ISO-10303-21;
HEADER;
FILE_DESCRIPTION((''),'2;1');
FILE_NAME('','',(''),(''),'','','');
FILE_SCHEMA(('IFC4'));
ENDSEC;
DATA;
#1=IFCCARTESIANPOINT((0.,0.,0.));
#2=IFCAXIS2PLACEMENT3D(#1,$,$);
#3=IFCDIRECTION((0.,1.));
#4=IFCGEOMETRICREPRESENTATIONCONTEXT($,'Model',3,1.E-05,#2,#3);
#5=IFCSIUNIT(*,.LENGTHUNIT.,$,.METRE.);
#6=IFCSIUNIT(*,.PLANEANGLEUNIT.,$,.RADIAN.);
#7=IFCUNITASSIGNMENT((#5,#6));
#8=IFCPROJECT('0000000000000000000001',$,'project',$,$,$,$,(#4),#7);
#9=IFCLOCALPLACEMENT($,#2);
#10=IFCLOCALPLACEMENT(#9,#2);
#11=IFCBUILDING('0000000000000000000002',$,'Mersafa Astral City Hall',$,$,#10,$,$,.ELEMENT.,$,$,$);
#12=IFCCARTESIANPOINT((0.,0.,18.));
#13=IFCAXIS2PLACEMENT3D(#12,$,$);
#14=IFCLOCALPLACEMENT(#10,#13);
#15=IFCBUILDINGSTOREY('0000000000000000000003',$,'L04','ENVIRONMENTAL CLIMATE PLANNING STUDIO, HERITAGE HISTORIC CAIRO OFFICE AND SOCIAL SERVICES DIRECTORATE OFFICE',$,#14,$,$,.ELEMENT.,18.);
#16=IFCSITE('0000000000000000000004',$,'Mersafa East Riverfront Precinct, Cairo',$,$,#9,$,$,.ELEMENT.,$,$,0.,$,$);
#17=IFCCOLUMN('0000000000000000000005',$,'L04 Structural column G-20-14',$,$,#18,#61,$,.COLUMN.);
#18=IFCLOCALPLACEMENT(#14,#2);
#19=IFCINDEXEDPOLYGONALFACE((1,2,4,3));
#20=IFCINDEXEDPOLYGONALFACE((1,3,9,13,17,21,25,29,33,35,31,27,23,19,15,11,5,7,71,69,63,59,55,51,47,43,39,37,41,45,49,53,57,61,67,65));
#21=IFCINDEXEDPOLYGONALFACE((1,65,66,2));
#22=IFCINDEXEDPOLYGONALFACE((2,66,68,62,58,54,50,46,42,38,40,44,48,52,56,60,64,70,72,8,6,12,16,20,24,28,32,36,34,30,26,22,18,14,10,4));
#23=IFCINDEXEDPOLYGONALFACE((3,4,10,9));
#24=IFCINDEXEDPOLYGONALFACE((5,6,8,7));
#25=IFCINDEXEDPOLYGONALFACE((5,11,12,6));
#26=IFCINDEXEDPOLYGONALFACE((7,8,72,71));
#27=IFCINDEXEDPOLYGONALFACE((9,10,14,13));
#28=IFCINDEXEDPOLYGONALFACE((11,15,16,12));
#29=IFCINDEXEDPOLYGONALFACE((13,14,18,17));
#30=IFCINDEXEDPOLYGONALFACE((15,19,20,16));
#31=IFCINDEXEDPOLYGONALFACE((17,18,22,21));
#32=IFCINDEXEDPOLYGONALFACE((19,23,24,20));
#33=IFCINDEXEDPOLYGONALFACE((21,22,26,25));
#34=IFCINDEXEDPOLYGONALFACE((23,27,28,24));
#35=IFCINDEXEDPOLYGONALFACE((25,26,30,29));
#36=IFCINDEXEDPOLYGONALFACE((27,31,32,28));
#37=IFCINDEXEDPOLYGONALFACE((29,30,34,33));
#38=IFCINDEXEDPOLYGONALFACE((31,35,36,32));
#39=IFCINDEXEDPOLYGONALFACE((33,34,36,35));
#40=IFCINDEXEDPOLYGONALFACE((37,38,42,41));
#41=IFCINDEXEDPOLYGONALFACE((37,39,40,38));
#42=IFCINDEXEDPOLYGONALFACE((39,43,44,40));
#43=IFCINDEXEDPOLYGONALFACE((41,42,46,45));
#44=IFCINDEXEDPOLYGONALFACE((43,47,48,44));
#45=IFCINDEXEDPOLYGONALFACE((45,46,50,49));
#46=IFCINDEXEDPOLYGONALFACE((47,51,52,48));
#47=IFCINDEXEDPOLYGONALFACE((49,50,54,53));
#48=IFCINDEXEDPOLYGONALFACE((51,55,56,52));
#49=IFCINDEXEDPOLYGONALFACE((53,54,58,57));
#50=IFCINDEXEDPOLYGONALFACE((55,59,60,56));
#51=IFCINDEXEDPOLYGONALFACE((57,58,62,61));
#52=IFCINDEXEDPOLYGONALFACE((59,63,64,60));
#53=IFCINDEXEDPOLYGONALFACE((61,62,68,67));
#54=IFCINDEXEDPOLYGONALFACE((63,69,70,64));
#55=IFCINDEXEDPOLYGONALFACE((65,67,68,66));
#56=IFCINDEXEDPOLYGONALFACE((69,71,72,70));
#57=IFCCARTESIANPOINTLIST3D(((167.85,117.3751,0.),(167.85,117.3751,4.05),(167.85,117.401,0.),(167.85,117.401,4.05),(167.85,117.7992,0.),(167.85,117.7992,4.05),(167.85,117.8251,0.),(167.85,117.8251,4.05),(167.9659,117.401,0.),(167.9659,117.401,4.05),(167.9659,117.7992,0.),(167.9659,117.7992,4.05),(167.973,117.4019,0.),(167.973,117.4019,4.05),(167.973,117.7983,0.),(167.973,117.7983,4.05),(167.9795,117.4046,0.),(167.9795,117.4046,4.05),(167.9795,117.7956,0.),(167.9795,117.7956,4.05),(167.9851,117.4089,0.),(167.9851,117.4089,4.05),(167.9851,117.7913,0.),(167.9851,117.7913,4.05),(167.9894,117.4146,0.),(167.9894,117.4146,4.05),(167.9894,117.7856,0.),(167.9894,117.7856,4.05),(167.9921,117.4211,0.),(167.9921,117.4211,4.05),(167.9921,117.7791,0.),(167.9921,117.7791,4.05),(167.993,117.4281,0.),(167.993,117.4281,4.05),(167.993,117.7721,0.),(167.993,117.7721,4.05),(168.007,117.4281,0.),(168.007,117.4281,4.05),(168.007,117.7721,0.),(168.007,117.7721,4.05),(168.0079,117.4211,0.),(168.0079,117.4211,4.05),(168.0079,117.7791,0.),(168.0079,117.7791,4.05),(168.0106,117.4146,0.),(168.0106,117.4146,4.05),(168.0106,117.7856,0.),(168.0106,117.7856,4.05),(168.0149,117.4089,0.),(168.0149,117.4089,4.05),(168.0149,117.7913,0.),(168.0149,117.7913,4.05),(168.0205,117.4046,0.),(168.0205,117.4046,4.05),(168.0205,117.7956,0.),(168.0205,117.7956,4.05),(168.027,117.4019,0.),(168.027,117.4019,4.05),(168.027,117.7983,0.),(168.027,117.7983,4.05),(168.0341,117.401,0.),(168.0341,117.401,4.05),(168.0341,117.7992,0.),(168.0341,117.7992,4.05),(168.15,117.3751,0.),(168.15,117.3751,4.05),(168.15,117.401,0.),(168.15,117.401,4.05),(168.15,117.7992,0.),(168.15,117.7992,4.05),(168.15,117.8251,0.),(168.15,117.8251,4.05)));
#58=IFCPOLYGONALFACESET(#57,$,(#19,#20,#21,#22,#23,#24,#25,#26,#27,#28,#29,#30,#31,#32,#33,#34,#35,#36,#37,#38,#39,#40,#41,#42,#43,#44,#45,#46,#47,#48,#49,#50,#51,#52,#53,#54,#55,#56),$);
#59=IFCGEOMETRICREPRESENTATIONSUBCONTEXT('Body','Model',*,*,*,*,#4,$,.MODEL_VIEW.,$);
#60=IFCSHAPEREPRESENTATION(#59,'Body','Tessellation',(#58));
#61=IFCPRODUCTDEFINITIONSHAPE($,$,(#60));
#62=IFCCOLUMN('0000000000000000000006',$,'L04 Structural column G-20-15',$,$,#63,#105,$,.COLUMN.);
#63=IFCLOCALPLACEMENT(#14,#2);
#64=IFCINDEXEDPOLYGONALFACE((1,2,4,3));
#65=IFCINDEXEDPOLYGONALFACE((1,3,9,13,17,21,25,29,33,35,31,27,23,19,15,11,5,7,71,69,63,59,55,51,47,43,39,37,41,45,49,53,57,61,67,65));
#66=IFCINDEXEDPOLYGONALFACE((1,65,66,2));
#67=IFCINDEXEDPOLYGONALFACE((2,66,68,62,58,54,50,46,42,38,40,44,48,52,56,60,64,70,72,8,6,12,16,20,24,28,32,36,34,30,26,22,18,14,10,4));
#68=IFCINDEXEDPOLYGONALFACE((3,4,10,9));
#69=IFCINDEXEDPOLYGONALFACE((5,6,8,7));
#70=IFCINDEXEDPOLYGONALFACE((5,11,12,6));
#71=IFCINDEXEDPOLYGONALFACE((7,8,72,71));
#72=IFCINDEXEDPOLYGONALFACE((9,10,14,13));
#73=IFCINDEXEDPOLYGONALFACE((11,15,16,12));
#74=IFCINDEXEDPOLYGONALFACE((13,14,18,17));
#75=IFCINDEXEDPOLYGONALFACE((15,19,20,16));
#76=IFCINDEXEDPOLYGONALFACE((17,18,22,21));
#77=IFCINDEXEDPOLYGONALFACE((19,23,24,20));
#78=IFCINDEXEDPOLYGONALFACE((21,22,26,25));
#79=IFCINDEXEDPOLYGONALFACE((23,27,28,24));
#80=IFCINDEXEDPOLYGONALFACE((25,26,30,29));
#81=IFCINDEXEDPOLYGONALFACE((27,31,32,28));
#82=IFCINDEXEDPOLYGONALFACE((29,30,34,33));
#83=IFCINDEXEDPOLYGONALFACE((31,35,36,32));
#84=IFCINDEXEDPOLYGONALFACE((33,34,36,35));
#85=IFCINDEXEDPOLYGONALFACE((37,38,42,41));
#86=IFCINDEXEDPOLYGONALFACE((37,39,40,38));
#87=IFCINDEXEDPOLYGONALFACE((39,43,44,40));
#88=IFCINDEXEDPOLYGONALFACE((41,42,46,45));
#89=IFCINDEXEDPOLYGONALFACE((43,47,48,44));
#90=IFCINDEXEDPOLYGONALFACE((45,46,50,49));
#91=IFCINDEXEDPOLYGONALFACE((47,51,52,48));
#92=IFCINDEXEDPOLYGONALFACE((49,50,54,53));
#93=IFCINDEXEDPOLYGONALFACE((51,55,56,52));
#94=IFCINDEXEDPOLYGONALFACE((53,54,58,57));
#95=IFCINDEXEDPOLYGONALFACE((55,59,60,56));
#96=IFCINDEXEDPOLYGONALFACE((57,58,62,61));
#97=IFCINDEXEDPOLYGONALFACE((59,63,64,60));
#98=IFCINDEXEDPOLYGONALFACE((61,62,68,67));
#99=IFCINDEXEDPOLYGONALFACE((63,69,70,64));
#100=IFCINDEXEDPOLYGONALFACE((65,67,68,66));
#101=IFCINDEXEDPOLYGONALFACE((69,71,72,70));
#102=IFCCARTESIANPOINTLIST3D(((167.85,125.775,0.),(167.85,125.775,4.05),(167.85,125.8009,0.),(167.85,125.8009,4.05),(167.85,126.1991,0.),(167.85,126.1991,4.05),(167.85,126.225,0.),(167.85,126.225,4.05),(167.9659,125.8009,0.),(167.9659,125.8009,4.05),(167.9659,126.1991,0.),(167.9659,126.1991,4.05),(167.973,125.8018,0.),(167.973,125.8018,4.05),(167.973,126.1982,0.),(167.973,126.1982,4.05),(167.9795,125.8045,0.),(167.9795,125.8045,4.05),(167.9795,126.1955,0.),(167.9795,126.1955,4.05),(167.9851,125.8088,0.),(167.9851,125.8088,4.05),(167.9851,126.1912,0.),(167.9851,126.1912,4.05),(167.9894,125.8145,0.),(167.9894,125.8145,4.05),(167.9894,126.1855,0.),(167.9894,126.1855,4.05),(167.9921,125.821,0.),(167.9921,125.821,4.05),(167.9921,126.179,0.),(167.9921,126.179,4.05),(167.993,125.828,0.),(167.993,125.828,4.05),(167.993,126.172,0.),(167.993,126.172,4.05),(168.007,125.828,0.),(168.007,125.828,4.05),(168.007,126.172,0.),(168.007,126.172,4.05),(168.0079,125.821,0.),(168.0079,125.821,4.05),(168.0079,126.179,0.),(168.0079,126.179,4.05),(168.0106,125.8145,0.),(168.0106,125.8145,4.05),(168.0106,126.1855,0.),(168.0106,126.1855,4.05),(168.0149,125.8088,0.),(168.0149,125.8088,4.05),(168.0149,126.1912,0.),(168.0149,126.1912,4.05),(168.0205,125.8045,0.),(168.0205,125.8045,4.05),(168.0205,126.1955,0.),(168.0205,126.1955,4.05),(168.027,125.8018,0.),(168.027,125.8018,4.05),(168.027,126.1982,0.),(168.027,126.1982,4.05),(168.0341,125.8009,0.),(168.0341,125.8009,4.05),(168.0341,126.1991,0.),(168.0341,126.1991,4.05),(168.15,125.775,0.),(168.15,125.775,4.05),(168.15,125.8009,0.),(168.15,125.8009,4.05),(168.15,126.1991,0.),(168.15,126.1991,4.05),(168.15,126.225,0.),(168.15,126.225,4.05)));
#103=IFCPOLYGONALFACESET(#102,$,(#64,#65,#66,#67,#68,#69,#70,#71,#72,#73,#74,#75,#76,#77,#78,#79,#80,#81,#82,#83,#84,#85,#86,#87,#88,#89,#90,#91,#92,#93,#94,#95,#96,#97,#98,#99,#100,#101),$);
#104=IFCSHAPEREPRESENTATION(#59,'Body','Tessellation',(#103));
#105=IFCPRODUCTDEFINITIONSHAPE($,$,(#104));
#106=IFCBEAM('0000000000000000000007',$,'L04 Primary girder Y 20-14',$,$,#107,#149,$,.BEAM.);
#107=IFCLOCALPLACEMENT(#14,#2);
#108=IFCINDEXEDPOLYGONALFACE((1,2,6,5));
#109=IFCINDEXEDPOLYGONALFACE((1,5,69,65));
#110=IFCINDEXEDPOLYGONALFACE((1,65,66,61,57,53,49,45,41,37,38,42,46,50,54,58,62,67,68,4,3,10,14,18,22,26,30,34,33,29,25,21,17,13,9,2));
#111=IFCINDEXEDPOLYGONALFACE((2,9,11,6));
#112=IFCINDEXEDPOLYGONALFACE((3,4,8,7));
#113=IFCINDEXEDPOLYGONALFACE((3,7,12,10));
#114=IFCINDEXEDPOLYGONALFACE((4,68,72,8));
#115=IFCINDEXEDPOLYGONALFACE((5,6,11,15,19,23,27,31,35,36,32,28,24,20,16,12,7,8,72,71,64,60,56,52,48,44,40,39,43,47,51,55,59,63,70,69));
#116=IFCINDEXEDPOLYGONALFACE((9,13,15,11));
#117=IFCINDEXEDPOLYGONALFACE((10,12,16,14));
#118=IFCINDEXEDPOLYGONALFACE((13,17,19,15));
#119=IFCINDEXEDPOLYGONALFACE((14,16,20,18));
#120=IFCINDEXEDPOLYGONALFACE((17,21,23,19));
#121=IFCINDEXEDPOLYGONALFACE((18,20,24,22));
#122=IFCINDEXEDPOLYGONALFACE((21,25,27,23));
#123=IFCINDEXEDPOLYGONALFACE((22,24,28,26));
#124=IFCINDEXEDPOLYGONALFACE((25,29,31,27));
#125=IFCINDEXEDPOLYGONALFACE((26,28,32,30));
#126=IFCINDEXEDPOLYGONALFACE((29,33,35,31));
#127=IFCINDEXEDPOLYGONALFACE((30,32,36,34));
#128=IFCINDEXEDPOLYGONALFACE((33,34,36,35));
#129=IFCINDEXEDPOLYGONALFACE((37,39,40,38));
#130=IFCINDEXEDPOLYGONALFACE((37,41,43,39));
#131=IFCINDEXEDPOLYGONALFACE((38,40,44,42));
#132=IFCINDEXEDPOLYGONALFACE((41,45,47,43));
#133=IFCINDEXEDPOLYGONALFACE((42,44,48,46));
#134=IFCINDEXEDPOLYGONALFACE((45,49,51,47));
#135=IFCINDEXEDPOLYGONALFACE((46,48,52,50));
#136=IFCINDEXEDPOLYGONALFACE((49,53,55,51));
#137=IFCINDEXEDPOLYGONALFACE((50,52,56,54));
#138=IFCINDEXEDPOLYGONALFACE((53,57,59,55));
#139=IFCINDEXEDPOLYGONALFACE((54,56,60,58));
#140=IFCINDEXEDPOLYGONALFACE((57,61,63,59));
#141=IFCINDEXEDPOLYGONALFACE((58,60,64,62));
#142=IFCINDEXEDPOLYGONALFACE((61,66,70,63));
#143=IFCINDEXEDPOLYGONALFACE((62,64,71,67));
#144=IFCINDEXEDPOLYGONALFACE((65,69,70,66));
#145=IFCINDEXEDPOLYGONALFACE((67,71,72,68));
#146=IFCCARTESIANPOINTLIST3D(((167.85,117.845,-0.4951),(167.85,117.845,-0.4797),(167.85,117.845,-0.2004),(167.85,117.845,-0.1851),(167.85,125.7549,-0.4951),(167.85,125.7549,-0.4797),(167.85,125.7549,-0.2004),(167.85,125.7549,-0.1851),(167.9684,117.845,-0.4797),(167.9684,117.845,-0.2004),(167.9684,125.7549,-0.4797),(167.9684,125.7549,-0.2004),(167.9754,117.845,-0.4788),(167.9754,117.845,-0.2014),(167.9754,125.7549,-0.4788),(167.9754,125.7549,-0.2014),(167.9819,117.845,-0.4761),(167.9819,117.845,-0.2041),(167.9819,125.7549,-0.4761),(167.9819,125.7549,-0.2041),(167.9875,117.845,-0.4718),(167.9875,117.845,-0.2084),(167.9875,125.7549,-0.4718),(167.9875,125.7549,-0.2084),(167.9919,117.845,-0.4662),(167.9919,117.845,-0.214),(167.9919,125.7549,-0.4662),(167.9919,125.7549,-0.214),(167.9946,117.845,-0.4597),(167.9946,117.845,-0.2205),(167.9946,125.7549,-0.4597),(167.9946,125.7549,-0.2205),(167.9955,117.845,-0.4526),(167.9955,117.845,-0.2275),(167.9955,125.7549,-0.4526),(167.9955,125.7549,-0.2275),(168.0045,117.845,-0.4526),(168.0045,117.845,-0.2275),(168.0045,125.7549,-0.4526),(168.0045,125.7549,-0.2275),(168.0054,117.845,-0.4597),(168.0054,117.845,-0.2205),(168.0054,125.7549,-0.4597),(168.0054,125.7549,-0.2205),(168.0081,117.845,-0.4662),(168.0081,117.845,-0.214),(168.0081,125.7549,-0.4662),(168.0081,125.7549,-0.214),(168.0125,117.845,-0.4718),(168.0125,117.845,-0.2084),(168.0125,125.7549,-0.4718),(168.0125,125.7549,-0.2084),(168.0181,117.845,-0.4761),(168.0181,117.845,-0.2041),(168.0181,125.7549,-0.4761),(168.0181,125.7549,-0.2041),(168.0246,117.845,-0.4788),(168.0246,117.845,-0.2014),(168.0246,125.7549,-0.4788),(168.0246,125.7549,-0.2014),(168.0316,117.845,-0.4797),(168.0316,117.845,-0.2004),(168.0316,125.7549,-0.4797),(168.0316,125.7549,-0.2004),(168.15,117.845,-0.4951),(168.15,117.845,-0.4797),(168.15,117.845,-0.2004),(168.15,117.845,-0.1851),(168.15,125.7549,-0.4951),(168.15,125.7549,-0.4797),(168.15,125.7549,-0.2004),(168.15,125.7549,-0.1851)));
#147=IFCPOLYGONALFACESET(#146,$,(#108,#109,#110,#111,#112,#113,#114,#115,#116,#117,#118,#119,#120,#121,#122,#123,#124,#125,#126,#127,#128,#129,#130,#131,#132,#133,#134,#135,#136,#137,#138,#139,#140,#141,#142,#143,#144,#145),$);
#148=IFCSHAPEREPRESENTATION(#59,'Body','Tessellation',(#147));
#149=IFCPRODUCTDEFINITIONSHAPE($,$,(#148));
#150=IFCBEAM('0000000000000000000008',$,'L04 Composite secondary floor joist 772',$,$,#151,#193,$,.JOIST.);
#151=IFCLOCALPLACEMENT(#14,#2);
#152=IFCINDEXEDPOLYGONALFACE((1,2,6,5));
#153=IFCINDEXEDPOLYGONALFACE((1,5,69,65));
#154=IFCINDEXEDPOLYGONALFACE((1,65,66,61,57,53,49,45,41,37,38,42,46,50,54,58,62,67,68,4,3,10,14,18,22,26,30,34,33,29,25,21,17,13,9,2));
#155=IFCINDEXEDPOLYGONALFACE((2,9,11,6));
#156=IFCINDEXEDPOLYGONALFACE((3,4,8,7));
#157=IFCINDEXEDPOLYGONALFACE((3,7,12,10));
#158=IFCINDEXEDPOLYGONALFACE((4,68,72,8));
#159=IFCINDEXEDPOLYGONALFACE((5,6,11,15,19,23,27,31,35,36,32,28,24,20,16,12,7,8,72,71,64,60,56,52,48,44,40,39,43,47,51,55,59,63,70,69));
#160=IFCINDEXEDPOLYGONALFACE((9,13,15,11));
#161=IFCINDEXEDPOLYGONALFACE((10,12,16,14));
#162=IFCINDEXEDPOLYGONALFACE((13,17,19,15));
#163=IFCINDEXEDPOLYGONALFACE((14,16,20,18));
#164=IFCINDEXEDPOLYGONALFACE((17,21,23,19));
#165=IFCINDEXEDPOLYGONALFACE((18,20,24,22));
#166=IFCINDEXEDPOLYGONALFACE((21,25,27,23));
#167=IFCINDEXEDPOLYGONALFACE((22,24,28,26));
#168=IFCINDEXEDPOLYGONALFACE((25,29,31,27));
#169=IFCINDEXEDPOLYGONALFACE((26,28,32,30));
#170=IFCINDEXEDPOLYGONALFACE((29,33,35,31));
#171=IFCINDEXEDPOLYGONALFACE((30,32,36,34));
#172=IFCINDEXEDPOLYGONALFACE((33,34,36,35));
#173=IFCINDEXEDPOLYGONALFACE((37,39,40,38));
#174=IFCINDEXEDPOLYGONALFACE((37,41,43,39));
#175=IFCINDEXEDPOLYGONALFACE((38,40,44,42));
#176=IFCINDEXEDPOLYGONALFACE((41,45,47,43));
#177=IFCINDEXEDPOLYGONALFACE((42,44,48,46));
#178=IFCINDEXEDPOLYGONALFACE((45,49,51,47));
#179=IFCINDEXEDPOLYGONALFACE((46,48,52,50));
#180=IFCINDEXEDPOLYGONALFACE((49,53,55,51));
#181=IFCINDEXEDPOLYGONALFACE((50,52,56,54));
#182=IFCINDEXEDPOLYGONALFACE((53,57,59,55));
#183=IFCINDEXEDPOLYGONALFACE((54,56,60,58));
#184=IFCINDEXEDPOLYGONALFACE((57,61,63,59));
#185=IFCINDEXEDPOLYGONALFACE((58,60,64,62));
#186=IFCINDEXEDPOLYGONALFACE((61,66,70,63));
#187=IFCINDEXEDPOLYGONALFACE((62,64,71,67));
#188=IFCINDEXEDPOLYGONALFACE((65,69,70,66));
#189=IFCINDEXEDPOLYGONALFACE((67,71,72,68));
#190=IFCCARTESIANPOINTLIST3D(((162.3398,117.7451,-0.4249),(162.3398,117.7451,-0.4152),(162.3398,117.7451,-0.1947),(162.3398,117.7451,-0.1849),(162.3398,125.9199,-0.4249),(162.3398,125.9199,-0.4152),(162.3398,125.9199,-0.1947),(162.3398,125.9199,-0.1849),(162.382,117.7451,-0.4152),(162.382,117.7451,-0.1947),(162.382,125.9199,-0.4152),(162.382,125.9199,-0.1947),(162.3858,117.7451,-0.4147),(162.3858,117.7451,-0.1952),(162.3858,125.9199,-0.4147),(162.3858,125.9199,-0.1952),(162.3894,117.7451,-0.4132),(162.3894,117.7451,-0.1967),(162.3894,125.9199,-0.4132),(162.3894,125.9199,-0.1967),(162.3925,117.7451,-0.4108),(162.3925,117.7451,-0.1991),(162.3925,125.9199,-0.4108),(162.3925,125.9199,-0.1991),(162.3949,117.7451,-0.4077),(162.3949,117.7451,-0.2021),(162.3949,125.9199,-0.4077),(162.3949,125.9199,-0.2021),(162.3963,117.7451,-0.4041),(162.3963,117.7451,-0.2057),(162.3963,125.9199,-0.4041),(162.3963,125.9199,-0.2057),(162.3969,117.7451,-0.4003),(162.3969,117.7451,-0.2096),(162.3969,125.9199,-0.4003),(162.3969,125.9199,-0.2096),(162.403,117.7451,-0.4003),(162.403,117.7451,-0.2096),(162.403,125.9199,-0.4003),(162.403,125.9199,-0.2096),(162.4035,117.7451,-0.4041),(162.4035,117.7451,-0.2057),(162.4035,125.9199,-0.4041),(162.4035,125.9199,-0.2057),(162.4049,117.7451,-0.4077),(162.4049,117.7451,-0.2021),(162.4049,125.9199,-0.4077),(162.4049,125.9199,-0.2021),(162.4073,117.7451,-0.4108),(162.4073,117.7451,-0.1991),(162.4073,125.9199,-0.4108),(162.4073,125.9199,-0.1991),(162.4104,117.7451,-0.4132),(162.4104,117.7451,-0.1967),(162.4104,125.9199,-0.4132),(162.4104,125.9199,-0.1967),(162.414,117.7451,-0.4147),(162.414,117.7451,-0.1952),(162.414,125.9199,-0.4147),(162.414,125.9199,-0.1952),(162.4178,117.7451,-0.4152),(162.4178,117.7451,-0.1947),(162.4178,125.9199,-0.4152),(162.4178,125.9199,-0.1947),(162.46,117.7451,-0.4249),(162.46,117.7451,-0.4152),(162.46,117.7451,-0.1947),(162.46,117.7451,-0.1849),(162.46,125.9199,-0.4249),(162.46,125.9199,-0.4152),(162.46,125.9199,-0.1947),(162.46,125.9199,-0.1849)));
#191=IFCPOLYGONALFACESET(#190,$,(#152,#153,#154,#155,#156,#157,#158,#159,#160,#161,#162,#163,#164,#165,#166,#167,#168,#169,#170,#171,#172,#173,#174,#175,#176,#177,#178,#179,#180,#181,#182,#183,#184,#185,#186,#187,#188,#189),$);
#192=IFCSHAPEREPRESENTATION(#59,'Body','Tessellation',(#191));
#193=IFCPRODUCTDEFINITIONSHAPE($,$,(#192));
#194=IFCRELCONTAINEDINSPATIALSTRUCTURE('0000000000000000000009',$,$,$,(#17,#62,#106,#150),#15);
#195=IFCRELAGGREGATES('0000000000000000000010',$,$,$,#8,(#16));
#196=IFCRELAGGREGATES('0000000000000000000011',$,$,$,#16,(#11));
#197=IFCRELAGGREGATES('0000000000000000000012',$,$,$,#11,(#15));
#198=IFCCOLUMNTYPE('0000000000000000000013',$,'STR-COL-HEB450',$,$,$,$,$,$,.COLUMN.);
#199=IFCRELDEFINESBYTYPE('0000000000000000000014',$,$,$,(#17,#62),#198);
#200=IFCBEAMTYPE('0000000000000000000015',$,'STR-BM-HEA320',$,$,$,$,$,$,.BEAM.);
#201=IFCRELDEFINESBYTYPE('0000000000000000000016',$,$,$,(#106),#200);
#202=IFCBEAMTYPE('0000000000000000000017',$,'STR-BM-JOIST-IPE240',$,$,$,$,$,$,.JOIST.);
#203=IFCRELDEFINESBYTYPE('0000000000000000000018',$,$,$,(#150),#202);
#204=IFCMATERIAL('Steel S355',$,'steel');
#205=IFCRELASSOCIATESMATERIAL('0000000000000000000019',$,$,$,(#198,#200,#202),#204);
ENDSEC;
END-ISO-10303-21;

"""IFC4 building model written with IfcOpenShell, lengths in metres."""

from ifc_helpers import new_model, si_unit, direction, frame, origin, origin_2d, place, context, subcontext, project, spatial, i_section, extrude, material, material_profile, profile_set, type_object, element, save


model = new_model("IFC4")

# Units and contexts
model_context = context("Model", 3, precision=1e-05, world=origin(), true_north=direction((0.0, 1.0)))
body_context = subcontext(model_context, "Body", "Model", "MODEL_VIEW")
ifc_project = project(units=[si_unit("LENGTHUNIT", "METRE"), si_unit("PLANEANGLEUNIT", "RADIAN")], contexts=[model_context])

# Site, building, storey
site_placement = place(None, origin())
site = spatial("IfcSite", under=ifc_project, at=site_placement, Name="Mersafa East Riverfront Precinct, Cairo", CompositionType="ELEMENT", RefElevation=0.0)
building_placement = place(site_placement, origin())
building = spatial("IfcBuilding", under=site, at=building_placement, Name="Mersafa Astral City Hall", CompositionType="ELEMENT")
storey_placement = place(building_placement, frame((0.0, 0.0, 18.0)))
storey = spatial("IfcBuildingStorey", under=building, at=storey_placement, Name="L04", Description="ENVIRONMENTAL CLIMATE PLANNING STUDIO, HERITAGE HISTORIC CAIRO OFFICE AND SOCIAL SERVICES DIRECTORATE OFFICE", CompositionType="ELEMENT", Elevation=18.0)

# Columns
ifc_material_1 = material(Name="Steel S355", Category="steel")
ifc_material_profile_1 = material_profile(ifc_material_1, i_section(OverallWidth=0.3, OverallDepth=0.45, WebThickness=0.0139, FlangeThickness=0.0259, FilletRadius=0.0271, at=origin_2d()), Name="HEB 450")
ifc_profile_set_1 = profile_set([ifc_material_profile_1], Name="Steel S355")
column_type = type_object("IfcColumnType", Name="STR-COL-HEB450", PredefinedType="COLUMN", material=ifc_profile_set_1)
for number, where, z_axis, x_axis, name in (
    (1, (168.0, 117.6001, 0.0), (0.0, 0.0, 1.0), (1.0, 0.0, 0.0), "L04 Structural column G-20-14"),
    (2, (168.0, 126.0, 0.0), (0.0, 0.0, 1.0), (1.0, 0.0, 0.0), "L04 Structural column G-20-15"),
):
    element("IfcColumn", number, at=place(storey_placement, frame(where, z_axis=z_axis, x_axis=x_axis)), inside=storey, type_object=column_type, Name=name, PredefinedType="COLUMN", context=body_context, shape_type="SweptSolid", body=[
        extrude(i_section(OverallWidth=0.3, OverallDepth=0.45, WebThickness=0.0139, FlangeThickness=0.0259, FilletRadius=0.0271, at=origin_2d()), origin(), (0.0, 0.0, 1.0), 4.05),
    ])

# Beams
ifc_material_profile_2 = material_profile(ifc_material_1, i_section(OverallWidth=0.3, OverallDepth=0.3101, WebThickness=0.009, FlangeThickness=0.0154, FilletRadius=0.0271, at=origin_2d()), Name="HEA 320")
ifc_profile_set_2 = profile_set([ifc_material_profile_2], Name="Steel S355")
beam_type_1 = type_object("IfcBeamType", Name="STR-BM-HEA320", PredefinedType="BEAM", material=ifc_profile_set_2)
beam_1_placement = place(storey_placement, frame((168.0, 117.845, -0.3401), z_axis=(0.0, 1.0, 0.0), x_axis=(-1.0, 0.0, 0.0)))
element("IfcBeam", 3, at=beam_1_placement, inside=storey, type_object=beam_type_1, Name="L04 Primary girder Y 20-14", PredefinedType="BEAM", context=body_context, shape_type="SweptSolid", body=[
    extrude(i_section(OverallWidth=0.3, OverallDepth=0.3101, WebThickness=0.009, FlangeThickness=0.0154, FilletRadius=0.0271, at=origin_2d()), origin(), (0.0, 0.0, 1.0), 7.9099),
])
ifc_material_profile_3 = material_profile(ifc_material_1, i_section(OverallWidth=0.1201, OverallDepth=0.24, WebThickness=0.0061, FlangeThickness=0.0098, FilletRadius=0.0149, at=origin_2d()), Name="IPE 240")
ifc_profile_set_3 = profile_set([ifc_material_profile_3], Name="Steel S355")
beam_type_2 = type_object("IfcBeamType", Name="STR-BM-JOIST-IPE240", PredefinedType="JOIST", material=ifc_profile_set_3)
for number, where, z_axis, x_axis, name in (
    (4, (162.3999, 117.7451, -0.3049), (0.0, 1.0, 0.0), (-1.0, 0.0, 0.0), "L04 Composite secondary floor joist 772"),
):
    element("IfcBeam", number, at=place(storey_placement, frame(where, z_axis=z_axis, x_axis=x_axis)), inside=storey, type_object=beam_type_2, Name=name, PredefinedType="JOIST", context=body_context, shape_type="SweptSolid", body=[
        extrude(i_section(OverallWidth=0.1201, OverallDepth=0.24, WebThickness=0.0061, FlangeThickness=0.0098, FilletRadius=0.0149, at=origin_2d()), origin(), (0.0, 0.0, 1.0), 8.1748),
    ])

save(model, "model.ifc")
